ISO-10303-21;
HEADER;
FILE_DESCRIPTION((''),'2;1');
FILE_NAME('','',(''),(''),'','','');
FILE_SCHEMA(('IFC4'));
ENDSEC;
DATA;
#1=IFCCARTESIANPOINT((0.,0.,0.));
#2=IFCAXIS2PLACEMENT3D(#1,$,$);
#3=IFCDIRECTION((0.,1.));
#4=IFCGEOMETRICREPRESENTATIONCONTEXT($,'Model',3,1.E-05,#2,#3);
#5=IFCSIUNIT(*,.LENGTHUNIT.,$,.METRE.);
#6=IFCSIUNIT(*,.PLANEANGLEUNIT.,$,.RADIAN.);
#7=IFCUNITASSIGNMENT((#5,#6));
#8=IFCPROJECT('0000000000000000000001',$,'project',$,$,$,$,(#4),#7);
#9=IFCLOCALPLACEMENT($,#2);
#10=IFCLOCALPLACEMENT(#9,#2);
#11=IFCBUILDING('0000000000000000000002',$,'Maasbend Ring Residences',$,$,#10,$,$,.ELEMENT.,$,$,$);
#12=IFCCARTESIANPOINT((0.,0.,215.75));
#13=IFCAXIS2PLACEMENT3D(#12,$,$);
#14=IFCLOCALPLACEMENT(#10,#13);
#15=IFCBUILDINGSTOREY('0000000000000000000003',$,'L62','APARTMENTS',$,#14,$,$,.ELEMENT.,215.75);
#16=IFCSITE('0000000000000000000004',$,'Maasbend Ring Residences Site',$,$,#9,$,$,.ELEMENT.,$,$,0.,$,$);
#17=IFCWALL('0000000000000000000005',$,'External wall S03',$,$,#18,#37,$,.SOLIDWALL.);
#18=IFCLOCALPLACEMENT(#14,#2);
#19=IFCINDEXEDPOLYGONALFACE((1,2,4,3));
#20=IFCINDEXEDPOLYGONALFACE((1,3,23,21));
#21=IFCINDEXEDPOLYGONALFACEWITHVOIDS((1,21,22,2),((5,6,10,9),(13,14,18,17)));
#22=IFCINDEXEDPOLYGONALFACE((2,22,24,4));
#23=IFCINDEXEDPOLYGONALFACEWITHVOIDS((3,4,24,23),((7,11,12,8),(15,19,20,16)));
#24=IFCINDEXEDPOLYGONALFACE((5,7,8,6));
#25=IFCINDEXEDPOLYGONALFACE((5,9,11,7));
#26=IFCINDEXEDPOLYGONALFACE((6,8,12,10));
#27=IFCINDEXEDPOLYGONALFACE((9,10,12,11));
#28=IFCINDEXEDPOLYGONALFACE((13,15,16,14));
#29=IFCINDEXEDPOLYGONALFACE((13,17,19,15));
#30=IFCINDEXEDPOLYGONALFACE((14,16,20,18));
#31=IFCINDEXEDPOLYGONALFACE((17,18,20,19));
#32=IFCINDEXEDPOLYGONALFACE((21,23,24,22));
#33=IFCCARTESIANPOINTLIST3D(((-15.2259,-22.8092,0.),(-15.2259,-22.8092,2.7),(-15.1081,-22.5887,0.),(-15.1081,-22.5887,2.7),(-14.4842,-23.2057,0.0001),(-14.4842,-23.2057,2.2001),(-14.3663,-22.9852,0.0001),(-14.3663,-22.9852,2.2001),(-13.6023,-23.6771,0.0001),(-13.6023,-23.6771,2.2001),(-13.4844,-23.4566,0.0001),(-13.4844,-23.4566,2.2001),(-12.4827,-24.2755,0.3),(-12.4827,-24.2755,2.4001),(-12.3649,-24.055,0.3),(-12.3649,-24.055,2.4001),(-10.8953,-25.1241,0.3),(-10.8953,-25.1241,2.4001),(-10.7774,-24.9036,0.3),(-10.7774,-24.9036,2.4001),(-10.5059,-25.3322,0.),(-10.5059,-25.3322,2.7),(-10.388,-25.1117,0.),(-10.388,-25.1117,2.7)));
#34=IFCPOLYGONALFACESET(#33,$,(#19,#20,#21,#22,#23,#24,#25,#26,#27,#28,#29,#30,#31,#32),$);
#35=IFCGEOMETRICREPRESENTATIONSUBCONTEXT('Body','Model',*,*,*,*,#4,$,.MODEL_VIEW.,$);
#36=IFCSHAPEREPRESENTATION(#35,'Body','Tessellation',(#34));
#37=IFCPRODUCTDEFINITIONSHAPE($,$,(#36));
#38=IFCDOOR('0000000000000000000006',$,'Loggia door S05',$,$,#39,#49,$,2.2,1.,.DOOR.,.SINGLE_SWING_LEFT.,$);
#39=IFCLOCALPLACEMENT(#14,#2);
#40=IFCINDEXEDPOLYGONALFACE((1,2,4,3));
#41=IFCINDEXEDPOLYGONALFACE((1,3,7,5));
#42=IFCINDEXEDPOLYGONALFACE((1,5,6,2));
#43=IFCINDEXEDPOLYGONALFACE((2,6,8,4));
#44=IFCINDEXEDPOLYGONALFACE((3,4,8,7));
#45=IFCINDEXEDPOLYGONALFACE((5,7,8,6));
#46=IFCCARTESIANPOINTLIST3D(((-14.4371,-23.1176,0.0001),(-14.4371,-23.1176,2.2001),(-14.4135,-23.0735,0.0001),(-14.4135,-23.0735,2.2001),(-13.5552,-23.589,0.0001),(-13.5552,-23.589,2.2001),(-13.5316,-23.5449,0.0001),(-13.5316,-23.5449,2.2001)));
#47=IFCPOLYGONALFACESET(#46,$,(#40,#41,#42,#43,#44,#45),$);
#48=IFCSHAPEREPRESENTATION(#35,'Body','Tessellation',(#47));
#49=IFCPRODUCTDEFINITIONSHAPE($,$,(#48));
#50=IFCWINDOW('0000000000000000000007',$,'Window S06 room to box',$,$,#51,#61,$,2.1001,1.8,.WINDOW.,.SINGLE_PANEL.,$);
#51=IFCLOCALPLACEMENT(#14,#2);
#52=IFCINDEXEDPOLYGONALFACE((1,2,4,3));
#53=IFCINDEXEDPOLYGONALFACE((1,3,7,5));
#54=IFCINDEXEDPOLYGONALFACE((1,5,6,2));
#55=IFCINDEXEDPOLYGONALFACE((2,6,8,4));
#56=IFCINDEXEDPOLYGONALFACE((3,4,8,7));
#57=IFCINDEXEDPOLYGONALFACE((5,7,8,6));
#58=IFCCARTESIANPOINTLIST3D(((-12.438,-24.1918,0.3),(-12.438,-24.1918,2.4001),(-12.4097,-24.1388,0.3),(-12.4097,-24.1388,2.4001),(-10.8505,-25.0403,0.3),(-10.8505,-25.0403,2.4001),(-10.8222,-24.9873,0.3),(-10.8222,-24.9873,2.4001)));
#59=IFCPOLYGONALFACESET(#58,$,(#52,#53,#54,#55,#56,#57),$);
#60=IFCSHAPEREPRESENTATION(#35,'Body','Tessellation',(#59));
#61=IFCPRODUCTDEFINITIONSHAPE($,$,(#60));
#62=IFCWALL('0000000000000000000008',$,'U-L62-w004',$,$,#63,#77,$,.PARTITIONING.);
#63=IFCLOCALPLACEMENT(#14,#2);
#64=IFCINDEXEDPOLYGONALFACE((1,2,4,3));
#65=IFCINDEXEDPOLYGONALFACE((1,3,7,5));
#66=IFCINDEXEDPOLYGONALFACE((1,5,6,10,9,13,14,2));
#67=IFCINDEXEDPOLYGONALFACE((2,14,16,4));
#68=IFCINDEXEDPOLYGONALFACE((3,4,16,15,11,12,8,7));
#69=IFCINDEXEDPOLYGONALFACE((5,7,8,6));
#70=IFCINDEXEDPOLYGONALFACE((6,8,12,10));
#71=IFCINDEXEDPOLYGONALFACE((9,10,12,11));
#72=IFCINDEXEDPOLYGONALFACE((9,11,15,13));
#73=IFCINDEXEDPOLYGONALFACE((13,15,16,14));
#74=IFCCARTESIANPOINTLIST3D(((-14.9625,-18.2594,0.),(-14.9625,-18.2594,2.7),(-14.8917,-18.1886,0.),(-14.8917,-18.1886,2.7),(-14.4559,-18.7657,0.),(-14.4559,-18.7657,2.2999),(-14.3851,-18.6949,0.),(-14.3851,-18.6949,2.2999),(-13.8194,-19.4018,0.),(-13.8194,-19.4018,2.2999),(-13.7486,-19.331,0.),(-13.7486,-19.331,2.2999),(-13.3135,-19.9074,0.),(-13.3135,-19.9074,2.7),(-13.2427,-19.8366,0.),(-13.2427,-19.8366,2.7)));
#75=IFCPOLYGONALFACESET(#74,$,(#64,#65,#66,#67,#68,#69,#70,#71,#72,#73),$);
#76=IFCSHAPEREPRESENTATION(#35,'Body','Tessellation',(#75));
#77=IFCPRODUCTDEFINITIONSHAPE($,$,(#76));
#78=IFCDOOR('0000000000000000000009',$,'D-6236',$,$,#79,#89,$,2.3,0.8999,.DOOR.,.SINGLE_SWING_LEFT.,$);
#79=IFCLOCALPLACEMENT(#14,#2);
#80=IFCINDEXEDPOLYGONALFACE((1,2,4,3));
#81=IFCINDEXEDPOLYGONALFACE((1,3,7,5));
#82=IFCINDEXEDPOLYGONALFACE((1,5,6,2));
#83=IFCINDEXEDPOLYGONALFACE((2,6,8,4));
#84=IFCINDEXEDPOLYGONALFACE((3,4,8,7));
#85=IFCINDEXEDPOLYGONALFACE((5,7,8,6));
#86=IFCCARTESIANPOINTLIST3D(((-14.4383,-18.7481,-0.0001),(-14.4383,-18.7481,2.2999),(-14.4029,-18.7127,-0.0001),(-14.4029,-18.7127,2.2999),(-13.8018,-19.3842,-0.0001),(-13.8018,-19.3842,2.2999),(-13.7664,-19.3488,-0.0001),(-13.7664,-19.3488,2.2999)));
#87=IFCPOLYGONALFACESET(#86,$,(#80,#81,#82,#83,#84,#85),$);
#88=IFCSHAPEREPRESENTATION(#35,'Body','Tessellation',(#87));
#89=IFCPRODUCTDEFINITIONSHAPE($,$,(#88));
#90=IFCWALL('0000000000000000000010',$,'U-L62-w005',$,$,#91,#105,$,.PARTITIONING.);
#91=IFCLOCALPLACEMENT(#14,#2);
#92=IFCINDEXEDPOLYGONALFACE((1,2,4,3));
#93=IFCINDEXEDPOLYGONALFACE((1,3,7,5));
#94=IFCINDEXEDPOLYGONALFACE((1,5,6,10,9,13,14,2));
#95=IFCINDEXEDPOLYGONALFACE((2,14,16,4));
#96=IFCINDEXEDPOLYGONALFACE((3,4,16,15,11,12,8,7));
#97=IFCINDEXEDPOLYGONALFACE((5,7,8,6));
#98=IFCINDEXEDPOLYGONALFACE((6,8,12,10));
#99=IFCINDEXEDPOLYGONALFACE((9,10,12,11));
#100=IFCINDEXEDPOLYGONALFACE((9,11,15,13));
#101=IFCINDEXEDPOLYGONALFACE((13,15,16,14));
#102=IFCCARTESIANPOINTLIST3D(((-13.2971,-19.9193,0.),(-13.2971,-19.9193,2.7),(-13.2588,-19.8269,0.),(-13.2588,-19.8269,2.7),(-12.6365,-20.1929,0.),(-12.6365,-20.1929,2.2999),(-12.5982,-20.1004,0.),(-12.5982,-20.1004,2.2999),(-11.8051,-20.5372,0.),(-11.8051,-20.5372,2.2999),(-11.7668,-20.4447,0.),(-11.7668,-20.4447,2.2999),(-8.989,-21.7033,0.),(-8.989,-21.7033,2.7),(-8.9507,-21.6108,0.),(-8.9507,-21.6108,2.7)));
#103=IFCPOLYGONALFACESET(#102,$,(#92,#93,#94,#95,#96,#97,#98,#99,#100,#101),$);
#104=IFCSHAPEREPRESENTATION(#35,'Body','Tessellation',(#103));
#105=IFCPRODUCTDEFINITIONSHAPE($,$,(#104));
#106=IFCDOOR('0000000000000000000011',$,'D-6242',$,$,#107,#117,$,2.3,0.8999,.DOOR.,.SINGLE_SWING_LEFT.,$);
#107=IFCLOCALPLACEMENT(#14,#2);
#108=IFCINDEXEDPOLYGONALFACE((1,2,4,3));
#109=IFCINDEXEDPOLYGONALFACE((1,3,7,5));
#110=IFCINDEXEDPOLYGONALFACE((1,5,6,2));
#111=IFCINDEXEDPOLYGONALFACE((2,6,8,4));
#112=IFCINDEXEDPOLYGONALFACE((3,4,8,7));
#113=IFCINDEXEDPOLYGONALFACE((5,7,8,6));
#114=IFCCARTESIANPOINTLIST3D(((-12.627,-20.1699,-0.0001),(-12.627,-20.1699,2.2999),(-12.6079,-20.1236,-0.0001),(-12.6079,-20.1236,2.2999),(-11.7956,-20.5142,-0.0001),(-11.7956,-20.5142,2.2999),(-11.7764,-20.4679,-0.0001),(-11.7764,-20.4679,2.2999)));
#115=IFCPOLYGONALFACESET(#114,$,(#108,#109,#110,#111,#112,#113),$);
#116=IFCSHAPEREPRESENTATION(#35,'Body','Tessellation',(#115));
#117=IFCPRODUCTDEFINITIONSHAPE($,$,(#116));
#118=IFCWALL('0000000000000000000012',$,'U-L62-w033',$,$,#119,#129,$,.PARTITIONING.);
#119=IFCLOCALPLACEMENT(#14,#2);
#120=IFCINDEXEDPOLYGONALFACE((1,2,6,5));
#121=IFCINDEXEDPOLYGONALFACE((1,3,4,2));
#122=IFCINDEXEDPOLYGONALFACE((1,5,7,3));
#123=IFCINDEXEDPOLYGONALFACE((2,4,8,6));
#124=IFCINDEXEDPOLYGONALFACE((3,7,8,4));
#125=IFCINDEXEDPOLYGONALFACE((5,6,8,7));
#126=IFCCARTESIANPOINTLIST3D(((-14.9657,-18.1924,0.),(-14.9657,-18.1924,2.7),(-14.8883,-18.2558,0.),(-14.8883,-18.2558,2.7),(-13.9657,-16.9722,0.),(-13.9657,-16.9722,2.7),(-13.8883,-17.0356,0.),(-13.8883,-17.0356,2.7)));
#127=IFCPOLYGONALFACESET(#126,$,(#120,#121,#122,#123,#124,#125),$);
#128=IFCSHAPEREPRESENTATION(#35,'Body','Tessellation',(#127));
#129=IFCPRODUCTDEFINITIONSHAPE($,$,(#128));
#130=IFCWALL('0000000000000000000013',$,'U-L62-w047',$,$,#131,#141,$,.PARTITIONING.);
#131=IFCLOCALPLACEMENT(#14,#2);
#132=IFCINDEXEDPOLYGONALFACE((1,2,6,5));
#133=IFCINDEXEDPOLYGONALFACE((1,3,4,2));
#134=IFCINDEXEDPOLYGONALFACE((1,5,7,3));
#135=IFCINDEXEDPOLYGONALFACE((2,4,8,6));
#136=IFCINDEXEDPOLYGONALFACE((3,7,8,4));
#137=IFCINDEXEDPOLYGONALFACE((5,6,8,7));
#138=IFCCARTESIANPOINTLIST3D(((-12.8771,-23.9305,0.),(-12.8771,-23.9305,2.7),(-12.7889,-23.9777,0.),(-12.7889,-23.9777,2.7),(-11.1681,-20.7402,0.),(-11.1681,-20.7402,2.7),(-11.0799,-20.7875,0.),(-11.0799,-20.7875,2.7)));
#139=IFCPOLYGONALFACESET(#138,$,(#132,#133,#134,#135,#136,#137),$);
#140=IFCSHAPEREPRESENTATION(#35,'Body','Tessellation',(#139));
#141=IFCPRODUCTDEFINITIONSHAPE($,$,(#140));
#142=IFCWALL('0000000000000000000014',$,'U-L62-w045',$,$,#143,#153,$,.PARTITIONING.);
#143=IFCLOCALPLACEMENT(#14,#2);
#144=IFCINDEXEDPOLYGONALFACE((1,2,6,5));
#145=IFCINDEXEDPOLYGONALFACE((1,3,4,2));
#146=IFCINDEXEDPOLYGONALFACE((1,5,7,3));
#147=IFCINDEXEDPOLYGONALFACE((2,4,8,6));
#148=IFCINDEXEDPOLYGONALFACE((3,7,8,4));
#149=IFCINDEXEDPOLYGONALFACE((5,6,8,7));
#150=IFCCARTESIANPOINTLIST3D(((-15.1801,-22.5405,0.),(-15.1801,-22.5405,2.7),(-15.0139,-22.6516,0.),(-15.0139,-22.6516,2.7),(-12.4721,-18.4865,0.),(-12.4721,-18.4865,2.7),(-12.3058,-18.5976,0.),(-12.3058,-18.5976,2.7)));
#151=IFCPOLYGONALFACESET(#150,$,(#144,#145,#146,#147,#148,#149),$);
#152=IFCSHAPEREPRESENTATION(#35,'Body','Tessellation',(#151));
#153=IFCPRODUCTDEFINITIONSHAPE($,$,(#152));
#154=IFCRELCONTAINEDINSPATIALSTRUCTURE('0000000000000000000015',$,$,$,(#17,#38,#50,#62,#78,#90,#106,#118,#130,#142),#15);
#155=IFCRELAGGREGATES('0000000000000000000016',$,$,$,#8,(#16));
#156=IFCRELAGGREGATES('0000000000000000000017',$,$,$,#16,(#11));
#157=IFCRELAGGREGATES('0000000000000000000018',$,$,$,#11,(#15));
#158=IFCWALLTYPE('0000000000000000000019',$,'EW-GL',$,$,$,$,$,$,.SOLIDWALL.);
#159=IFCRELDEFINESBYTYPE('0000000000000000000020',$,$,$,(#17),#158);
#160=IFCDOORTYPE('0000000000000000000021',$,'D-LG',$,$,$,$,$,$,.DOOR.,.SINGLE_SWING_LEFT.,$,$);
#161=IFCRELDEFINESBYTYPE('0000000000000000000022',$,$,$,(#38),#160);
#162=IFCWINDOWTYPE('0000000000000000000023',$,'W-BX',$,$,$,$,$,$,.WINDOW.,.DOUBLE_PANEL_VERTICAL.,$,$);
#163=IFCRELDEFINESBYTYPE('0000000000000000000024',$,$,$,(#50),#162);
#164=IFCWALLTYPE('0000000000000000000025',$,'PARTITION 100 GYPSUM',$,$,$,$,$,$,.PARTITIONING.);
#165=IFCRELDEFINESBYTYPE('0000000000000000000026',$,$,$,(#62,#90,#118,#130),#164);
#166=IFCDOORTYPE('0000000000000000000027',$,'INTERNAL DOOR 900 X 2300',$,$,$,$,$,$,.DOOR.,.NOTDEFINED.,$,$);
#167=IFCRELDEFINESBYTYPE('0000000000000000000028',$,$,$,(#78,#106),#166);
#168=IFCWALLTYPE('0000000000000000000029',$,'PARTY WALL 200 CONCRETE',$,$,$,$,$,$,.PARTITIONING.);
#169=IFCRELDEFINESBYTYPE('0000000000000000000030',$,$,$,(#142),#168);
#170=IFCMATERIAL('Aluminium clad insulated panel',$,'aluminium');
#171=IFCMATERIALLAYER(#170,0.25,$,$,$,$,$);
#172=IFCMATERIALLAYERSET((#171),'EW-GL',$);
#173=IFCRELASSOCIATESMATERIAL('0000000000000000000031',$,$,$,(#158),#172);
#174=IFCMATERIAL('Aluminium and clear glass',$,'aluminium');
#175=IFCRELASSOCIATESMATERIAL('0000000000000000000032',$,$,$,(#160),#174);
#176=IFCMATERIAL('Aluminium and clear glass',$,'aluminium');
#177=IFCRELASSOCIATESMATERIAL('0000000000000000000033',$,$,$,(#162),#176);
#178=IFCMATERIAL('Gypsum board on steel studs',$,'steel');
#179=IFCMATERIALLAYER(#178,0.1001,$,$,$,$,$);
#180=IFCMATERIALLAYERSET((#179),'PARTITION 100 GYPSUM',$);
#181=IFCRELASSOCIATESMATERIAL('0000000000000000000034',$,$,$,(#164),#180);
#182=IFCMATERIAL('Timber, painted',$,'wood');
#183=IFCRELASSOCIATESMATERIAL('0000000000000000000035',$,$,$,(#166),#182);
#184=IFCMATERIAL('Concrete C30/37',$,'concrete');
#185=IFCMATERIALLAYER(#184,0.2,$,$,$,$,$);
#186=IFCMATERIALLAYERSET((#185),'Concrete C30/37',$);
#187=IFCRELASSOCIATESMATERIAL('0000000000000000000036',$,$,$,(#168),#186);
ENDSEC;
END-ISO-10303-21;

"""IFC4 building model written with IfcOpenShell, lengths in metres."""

from ifc_helpers import new_model, si_unit, direction, frame, frame_2d, origin, place, context, subcontext, project, spatial, rectangle, extrude, material, layer, layer_set, type_object, element, fill, save


model = new_model("IFC4")

# Units and contexts
model_context = context("Model", 3, precision=1e-05, world=origin(), true_north=direction((0.0, 1.0)))
body_context = subcontext(model_context, "Body", "Model", "MODEL_VIEW")
ifc_project = project(units=[si_unit("LENGTHUNIT", "METRE"), si_unit("PLANEANGLEUNIT", "RADIAN")], contexts=[model_context])

# Site, building, storey
site_placement = place(None, origin())
site = spatial("IfcSite", under=ifc_project, at=site_placement, Name="Maasbend Ring Residences Site", CompositionType="ELEMENT", RefElevation=0.0)
building_placement = place(site_placement, origin())
building = spatial("IfcBuilding", under=site, at=building_placement, Name="Maasbend Ring Residences", CompositionType="ELEMENT")
storey_placement = place(building_placement, frame((0.0, 0.0, 215.75)))
storey = spatial("IfcBuildingStorey", under=building, at=storey_placement, Name="L62", Description="APARTMENTS", CompositionType="ELEMENT", Elevation=215.75)

# Wall, openings, door, window
ifc_material_1 = material(Name="Aluminium clad insulated panel", Category="aluminium")
ifc_layer_1 = layer(ifc_material_1, 0.25)
ifc_layer_set_1 = layer_set([ifc_layer_1], Name="EW-GL")
wall_type_1 = type_object("IfcWallType", Name="EW-GL", PredefinedType="SOLIDWALL", material=ifc_layer_set_1)
wall_1_placement = place(storey_placement, frame((-15.167, -22.699, 0.0), z_axis=(0.0, 0.0, 1.0), x_axis=(0.881916, -0.471407, 0.0)))
wall_1 = element("IfcWall", 1, at=wall_1_placement, inside=storey, type_object=wall_type_1, Name="External wall S03", PredefinedType="SOLIDWALL", context=body_context, shape_type="SweptSolid", body=[
    extrude(rectangle(XDim=5.3521, YDim=0.25, at=frame_2d((2.676, 0.0))), origin(), (0.0, 0.0, 1.0), 2.7),
])
opening_1_placement = place(wall_1_placement, frame((0.8411, 0.0, 0.0)))
opening_1 = element("IfcOpeningElement", 2, at=opening_1_placement, cuts=wall_1, PredefinedType="OPENING", context=body_context, shape_type="SweptSolid", body=[
    extrude(rectangle(XDim=1.0, YDim=2.2, at=frame_2d((0.5, 1.1001))), frame((0.0, 0.135, 0.0), z_axis=(0.0, -1.0, 0.0), x_axis=(1.0, 0.0, 0.0)), (0.0, 0.0, 1.0), 0.27),
])
opening_2_placement = place(wall_1_placement, frame((3.1106, 0.0, 0.3)))
opening_2 = element("IfcOpeningElement", 3, at=opening_2_placement, cuts=wall_1, PredefinedType="OPENING", context=body_context, shape_type="SweptSolid", body=[
    extrude(rectangle(XDim=1.8, YDim=2.1001, at=frame_2d((0.8999, 1.05))), frame((0.0, 0.135, 0.0), z_axis=(0.0, -1.0, 0.0), x_axis=(1.0, 0.0, 0.0)), (0.0, 0.0, 1.0), 0.27),
])
ifc_material_2 = material(Name="Aluminium and clear glass", Category="aluminium")
door_type_1 = type_object("IfcDoorType", Name="D-LG", OperationType="SINGLE_SWING_LEFT", PredefinedType="DOOR", material=ifc_material_2)
door_1_placement = place(opening_1_placement, origin())
door_1 = element("IfcDoor", 4, at=door_1_placement, inside=storey, type_object=door_type_1, Name="Loggia door S05", OperationType="SINGLE_SWING_LEFT", OverallHeight=2.2, OverallWidth=1.0, PredefinedType="DOOR", context=body_context, shape_type="SweptSolid", body=[
    extrude(rectangle(XDim=1.0, YDim=2.2, at=frame_2d((0.5, 1.1001))), frame((0.0, 0.0249, 0.0), z_axis=(0.0, -1.0, 0.0), x_axis=(1.0, 0.0, 0.0)), (0.0, 0.0, 1.0), 0.05),
])
fill(opening_1, door_1)
ifc_material_3 = material(Name="Aluminium and clear glass", Category="aluminium")
window_type_1 = type_object("IfcWindowType", Name="W-BX", PartitioningType="DOUBLE_PANEL_VERTICAL", PredefinedType="WINDOW", material=ifc_material_3)
window_1_placement = place(opening_2_placement, origin())
window_1 = element("IfcWindow", 5, at=window_1_placement, inside=storey, type_object=window_type_1, Name="Window S06 room to box", OverallHeight=2.1001, OverallWidth=1.8, PartitioningType="SINGLE_PANEL", PredefinedType="WINDOW", context=body_context, shape_type="SweptSolid", body=[
    extrude(rectangle(XDim=1.8, YDim=2.1001, at=frame_2d((0.8999, 1.05))), frame((0.0, 0.03, 0.0), z_axis=(0.0, -1.0, 0.0), x_axis=(1.0, 0.0, 0.0)), (0.0, 0.0, 1.0), 0.0601),
])
fill(opening_2, window_1)

# Walls, openings, doors
ifc_material_4 = material(Name="Gypsum board on steel studs", Category="steel")
ifc_layer_2 = layer(ifc_material_4, 0.1001)
ifc_layer_set_2 = layer_set([ifc_layer_2], Name="PARTITION 100 GYPSUM")
wall_type_2 = type_object("IfcWallType", Name="PARTITION 100 GYPSUM", PredefinedType="PARTITIONING", material=ifc_layer_set_2)
wall_2_placement = place(storey_placement, frame((-14.927, -18.2241, 0.0), z_axis=(0.0, 0.0, 1.0), x_axis=(0.707316, -0.706897, 0.0)))
wall_2 = element("IfcWall", 6, at=wall_2_placement, inside=storey, type_object=wall_type_2, Name="U-L62-w004", PredefinedType="PARTITIONING", context=body_context, shape_type="SweptSolid", body=[
    extrude(rectangle(XDim=2.3313, YDim=0.1001, at=frame_2d((1.1655, 0.0))), origin(), (0.0, 0.0, 1.0), 2.7),
])
opening_3_placement = place(wall_2_placement, frame((0.7161, 0.0, 0.0)))
opening_3 = element("IfcOpeningElement", 7, at=opening_3_placement, cuts=wall_2, PredefinedType="OPENING", context=body_context, shape_type="SweptSolid", body=[
    extrude(rectangle(XDim=0.8999, YDim=2.3, at=frame_2d((0.45, 1.1499))), frame((0.0, 0.0601, 0.0), z_axis=(0.0, -1.0, 0.0), x_axis=(1.0, 0.0, 0.0)), (0.0, 0.0, 1.0), 0.1201),
])
ifc_material_5 = material(Name="Timber, painted", Category="wood")
door_type_2 = type_object("IfcDoorType", Name="INTERNAL DOOR 900 X 2300", OperationType="NOTDEFINED", PredefinedType="DOOR", material=ifc_material_5)
door_2_placement = place(opening_3_placement, origin())
door_2 = element("IfcDoor", 8, at=door_2_placement, inside=storey, type_object=door_type_2, Name="D-6236", OperationType="SINGLE_SWING_LEFT", OverallHeight=2.3, OverallWidth=0.8999, PredefinedType="DOOR", context=body_context, shape_type="SweptSolid", body=[
    extrude(rectangle(XDim=0.8999, YDim=2.3, at=frame_2d((0.45, 1.1499))), frame((0.0, 0.0249, 0.0), z_axis=(0.0, -1.0, 0.0), x_axis=(1.0, 0.0, 0.0)), (0.0, 0.0, 1.0), 0.05),
])
fill(opening_3, door_2)
wall_3_placement = place(storey_placement, frame((-13.2781, -19.873, 0.0), z_axis=(0.0, 0.0, 1.0), x_axis=(0.92392, -0.382585, 0.0)))
wall_3 = element("IfcWall", 9, at=wall_3_placement, inside=storey, type_object=wall_type_2, Name="U-L62-w005", PredefinedType="PARTITIONING", context=body_context, shape_type="SweptSolid", body=[
    extrude(rectangle(XDim=4.6628, YDim=0.1001, at=frame_2d((2.3315, 0.0))), origin(), (0.0, 0.0, 1.0), 2.7),
])
opening_4_placement = place(wall_3_placement, frame((0.7151, 0.0, 0.0)))
opening_4 = element("IfcOpeningElement", 10, at=opening_4_placement, cuts=wall_3, PredefinedType="OPENING", context=body_context, shape_type="SweptSolid", body=[
    extrude(rectangle(XDim=0.8999, YDim=2.3, at=frame_2d((0.45, 1.1499))), frame((0.0, 0.0601, 0.0), z_axis=(0.0, -1.0, 0.0), x_axis=(1.0, 0.0, 0.0)), (0.0, 0.0, 1.0), 0.1201),
])
door_3_placement = place(opening_4_placement, origin())
door_3 = element("IfcDoor", 11, at=door_3_placement, inside=storey, type_object=door_type_2, Name="D-6242", OperationType="SINGLE_SWING_LEFT", OverallHeight=2.3, OverallWidth=0.8999, PredefinedType="DOOR", context=body_context, shape_type="SweptSolid", body=[
    extrude(rectangle(XDim=0.8999, YDim=2.3, at=frame_2d((0.45, 1.1499))), frame((0.0, 0.0249, 0.0), z_axis=(0.0, -1.0, 0.0), x_axis=(1.0, 0.0, 0.0)), (0.0, 0.0, 1.0), 0.05),
])
fill(opening_4, door_3)

# Walls
wall_4_placement = place(storey_placement, frame((-14.927, -18.2241, 0.0), z_axis=(0.0, 0.0, 1.0), x_axis=(0.633861, 0.773447, 0.0)))
element("IfcWall", 12, at=wall_4_placement, inside=storey, type_object=wall_type_2, Name="U-L62-w033", PredefinedType="PARTITIONING", context=body_context, shape_type="SweptSolid", body=[
    extrude(rectangle(XDim=1.5776, YDim=0.1001, at=frame_2d((0.7888, 0.0))), origin(), (0.0, 0.0, 1.0), 2.7),
])
wall_5_placement = place(storey_placement, frame((-12.833, -23.9541, 0.0), z_axis=(0.0, 0.0, 1.0), x_axis=(0.472212, 0.881485, 0.0)))
element("IfcWall", 13, at=wall_5_placement, inside=storey, type_object=wall_type_2, Name="U-L62-w047", PredefinedType="PARTITIONING", context=body_context, shape_type="SweptSolid", body=[
    extrude(rectangle(XDim=3.6191, YDim=0.1001, at=frame_2d((1.8096, 0.0))), origin(), (0.0, 0.0, 1.0), 2.7),
])
ifc_material_6 = material(Name="Concrete C30/37", Category="concrete")
ifc_layer_3 = layer(ifc_material_6, 0.2)
ifc_layer_set_3 = layer_set([ifc_layer_3], Name="Concrete C30/37")
wall_type_3 = type_object("IfcWallType", Name="PARTY WALL 200 CONCRETE", PredefinedType="PARTITIONING", material=ifc_layer_set_3)
wall_6_placement = place(storey_placement, frame((-15.0969, -22.5959, 0.0), z_axis=(0.0, 0.0, 1.0), x_axis=(0.555463, 0.831541, 0.0)))
element("IfcWall", 14, at=wall_6_placement, inside=storey, type_object=wall_type_3, Name="U-L62-w045", PredefinedType="PARTITIONING", context=body_context, shape_type="SweptSolid", body=[
    extrude(rectangle(XDim=4.8752, YDim=0.2, at=frame_2d((2.4375, 0.0))), origin(), (0.0, 0.0, 1.0), 2.7),
])

save(model, "model.ifc")
